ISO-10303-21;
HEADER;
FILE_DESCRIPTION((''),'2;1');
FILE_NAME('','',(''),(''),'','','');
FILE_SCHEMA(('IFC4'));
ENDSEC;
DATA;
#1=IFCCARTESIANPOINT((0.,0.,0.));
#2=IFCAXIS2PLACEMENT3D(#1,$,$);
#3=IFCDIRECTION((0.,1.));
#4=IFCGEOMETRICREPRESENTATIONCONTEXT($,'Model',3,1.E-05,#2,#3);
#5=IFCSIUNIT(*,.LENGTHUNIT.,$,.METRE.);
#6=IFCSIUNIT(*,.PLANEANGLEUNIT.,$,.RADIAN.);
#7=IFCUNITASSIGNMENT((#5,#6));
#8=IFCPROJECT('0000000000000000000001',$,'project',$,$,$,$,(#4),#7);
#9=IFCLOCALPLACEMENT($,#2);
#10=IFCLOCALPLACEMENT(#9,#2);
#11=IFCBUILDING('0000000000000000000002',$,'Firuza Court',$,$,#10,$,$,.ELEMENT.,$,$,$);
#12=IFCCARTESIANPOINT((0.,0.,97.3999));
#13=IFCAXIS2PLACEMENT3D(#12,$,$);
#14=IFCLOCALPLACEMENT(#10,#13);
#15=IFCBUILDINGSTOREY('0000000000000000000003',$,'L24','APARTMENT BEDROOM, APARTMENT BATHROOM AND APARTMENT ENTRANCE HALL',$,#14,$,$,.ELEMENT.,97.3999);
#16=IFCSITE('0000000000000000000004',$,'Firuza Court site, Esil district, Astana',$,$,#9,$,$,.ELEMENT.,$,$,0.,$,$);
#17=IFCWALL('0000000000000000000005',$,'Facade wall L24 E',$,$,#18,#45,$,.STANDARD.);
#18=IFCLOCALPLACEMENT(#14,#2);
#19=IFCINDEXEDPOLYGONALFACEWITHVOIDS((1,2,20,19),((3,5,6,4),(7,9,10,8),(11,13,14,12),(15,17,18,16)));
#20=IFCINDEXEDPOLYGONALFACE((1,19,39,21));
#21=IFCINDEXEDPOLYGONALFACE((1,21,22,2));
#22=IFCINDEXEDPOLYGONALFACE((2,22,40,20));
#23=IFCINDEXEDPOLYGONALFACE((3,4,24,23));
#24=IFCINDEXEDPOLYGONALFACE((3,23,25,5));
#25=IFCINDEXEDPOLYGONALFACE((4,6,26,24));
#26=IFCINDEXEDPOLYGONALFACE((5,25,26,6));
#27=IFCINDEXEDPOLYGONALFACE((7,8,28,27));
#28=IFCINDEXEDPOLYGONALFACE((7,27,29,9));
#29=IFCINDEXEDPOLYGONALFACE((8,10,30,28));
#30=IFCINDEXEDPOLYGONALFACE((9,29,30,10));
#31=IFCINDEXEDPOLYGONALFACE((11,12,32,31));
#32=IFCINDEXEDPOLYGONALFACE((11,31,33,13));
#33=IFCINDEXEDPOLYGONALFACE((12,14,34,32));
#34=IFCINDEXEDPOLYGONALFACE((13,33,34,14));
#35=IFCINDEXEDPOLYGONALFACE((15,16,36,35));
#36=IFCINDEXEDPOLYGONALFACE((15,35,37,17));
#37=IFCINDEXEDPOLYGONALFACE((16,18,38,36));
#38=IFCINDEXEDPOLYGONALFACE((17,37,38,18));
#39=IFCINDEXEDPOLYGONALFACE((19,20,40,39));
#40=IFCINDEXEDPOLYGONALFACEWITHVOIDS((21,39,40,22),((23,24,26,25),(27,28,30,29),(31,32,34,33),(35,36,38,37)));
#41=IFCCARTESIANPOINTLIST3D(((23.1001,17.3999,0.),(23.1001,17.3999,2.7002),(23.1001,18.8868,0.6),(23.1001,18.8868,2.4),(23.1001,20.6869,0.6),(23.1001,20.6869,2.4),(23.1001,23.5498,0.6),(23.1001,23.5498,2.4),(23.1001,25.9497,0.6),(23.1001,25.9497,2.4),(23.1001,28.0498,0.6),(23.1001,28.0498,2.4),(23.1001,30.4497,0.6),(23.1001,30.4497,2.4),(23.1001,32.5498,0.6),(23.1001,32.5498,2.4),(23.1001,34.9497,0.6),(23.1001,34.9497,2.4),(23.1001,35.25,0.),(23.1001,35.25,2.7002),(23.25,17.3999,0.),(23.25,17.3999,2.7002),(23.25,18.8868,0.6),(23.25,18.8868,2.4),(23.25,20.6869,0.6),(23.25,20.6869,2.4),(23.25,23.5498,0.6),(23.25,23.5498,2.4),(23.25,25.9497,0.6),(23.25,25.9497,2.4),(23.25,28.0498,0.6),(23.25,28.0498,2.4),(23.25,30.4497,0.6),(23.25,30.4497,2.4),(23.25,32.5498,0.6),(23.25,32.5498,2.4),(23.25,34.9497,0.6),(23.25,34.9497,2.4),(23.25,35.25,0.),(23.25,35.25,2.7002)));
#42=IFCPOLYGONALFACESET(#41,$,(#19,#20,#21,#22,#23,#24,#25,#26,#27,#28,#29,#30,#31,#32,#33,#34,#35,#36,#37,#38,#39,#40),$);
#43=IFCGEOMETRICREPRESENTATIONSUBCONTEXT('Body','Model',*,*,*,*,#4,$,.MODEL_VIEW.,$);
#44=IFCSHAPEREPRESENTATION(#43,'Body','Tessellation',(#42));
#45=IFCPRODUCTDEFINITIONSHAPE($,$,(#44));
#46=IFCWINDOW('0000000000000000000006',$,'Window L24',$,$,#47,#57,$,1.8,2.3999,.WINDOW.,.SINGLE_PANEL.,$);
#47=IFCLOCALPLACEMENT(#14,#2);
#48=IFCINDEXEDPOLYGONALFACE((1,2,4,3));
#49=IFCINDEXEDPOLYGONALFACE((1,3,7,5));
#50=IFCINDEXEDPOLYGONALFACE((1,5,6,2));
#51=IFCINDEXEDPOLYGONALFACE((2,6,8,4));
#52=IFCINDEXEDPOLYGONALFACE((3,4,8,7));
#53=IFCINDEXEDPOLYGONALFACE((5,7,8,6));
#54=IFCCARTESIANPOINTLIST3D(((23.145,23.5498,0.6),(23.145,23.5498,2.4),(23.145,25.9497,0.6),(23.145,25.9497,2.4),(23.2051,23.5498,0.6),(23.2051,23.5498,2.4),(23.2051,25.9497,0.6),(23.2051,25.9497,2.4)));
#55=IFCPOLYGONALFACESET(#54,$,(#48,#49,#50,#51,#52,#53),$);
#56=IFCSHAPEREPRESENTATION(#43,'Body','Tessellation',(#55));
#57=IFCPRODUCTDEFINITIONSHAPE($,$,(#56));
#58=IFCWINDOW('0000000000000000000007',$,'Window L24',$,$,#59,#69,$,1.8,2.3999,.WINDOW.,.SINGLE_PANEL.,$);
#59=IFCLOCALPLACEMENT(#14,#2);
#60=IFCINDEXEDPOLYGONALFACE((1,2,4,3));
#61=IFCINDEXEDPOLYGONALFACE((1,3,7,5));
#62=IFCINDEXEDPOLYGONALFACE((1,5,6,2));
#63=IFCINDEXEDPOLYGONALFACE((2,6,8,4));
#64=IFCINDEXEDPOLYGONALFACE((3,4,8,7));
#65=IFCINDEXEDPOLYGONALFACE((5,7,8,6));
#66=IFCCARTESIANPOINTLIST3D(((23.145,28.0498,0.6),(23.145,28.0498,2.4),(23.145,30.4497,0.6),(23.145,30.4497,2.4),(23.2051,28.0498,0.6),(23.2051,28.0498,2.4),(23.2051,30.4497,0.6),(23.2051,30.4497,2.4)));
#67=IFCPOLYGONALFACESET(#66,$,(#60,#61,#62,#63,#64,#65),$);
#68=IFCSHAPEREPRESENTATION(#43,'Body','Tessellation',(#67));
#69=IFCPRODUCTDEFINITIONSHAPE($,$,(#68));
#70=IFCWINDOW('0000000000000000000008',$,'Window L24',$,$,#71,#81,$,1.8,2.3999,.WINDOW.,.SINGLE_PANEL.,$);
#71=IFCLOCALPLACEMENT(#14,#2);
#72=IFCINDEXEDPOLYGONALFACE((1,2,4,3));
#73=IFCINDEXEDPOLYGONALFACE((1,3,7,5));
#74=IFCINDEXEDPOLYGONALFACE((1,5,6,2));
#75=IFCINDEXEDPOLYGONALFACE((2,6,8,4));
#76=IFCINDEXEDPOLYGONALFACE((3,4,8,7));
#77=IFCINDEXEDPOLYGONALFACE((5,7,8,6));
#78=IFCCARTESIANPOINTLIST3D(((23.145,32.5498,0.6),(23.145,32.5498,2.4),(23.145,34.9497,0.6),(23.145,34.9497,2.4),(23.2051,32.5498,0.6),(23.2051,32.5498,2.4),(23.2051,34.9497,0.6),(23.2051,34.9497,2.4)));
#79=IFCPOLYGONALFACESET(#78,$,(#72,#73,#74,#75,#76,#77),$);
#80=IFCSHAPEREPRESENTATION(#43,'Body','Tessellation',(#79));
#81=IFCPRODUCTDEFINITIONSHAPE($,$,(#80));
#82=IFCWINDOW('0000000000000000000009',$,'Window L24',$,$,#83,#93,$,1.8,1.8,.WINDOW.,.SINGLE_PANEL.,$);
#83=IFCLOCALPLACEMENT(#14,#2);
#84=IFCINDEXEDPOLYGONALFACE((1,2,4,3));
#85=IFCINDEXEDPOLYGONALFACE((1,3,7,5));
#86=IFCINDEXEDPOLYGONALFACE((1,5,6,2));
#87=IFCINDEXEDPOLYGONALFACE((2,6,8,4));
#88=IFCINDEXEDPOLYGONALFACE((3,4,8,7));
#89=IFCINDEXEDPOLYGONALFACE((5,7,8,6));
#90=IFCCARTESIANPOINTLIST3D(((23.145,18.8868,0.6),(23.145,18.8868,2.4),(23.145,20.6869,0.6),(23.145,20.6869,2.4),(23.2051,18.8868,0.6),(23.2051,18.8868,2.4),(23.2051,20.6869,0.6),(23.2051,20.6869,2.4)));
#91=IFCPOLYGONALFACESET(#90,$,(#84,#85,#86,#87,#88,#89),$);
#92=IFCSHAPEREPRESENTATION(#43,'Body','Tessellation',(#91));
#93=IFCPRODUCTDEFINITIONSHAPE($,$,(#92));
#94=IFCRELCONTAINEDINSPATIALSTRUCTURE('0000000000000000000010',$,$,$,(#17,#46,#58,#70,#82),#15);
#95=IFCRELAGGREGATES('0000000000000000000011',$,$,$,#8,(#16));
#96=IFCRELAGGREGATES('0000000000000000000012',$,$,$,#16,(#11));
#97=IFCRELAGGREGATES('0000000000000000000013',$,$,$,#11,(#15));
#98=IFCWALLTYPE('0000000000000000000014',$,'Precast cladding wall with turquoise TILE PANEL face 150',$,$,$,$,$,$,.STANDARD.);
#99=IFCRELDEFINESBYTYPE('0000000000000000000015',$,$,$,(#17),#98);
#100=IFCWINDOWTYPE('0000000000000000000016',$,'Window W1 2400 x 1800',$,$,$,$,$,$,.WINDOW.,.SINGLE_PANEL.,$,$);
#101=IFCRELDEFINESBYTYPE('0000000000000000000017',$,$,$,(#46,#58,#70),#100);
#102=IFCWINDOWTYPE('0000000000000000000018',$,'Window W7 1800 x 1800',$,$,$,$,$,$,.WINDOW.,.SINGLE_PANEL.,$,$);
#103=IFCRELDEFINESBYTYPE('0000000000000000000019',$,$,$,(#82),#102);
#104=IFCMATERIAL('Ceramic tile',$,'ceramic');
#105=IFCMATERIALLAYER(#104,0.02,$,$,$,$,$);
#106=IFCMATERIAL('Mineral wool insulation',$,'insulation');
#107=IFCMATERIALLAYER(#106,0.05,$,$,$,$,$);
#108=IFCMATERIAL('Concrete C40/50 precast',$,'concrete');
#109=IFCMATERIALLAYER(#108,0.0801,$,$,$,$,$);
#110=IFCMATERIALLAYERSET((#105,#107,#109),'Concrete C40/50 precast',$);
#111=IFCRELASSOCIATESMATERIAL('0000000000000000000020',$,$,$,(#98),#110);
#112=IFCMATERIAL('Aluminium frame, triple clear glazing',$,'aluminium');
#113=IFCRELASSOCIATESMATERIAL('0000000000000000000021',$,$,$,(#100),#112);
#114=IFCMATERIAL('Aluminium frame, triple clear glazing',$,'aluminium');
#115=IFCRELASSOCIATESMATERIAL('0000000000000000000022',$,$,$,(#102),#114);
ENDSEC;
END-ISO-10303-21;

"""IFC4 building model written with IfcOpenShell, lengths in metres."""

from ifc_helpers import new_model, si_unit, direction, frame, frame_2d, origin, place, context, subcontext, project, spatial, rectangle, extrude, material, layer, layer_set, type_object, element, fill, save


model = new_model("IFC4")

# Units and contexts
model_context = context("Model", 3, precision=1e-05, world=origin(), true_north=direction((0.0, 1.0)))
body_context = subcontext(model_context, "Body", "Model", "MODEL_VIEW")
ifc_project = project(units=[si_unit("LENGTHUNIT", "METRE"), si_unit("PLANEANGLEUNIT", "RADIAN")], contexts=[model_context])

# Site, building, storey
site_placement = place(None, origin())
site = spatial("IfcSite", under=ifc_project, at=site_placement, Name="Firuza Court site, Esil district, Astana", CompositionType="ELEMENT", RefElevation=0.0)
building_placement = place(site_placement, origin())
building = spatial("IfcBuilding", under=site, at=building_placement, Name="Firuza Court", CompositionType="ELEMENT")
storey_placement = place(building_placement, frame((0.0, 0.0, 97.3999)))
storey = spatial("IfcBuildingStorey", under=building, at=storey_placement, Name="L24", Description="APARTMENT BEDROOM, APARTMENT BATHROOM AND APARTMENT ENTRANCE HALL", CompositionType="ELEMENT", Elevation=97.3999)

# Wall, openings, windows
ifc_material_1 = material(Name="Ceramic tile", Category="ceramic")
ifc_layer_1 = layer(ifc_material_1, 0.02)
ifc_material_2 = material(Name="Mineral wool insulation", Category="insulation")
ifc_layer_2 = layer(ifc_material_2, 0.05)
ifc_material_3 = material(Name="Concrete C40/50 precast", Category="concrete")
ifc_layer_3 = layer(ifc_material_3, 0.0801)
ifc_layer_set = layer_set([ifc_layer_1, ifc_layer_2, ifc_layer_3], Name="Concrete C40/50 precast")
wall_type = type_object("IfcWallType", Name="Precast cladding wall with turquoise TILE PANEL face 150", PredefinedType="STANDARD", material=ifc_layer_set)
ifc_material_4 = material(Name="Aluminium frame, triple clear glazing", Category="aluminium")
window_type_1 = type_object("IfcWindowType", Name="Window W1 2400 x 1800", PartitioningType="SINGLE_PANEL", PredefinedType="WINDOW", material=ifc_material_4)
wall_1_placement = place(storey_placement, frame((23.175, 17.3999, 0.0), z_axis=(0.0, 0.0, 1.0), x_axis=(0.0, 1.0, 0.0)))
wall_1 = element("IfcWall", 1, at=wall_1_placement, inside=storey, type_object=wall_type, Name="Facade wall L24 E", PredefinedType="STANDARD", context=body_context, shape_type="SweptSolid", body=[
    extrude(rectangle(XDim=17.8501, YDim=0.1499, at=frame_2d((8.925, 0.0))), origin(), (0.0, 0.0, 1.0), 2.7002),
])
opening_1_placement = place(wall_1_placement, frame((1.4871, 0.0, 0.6001)))
opening_1 = element("IfcOpeningElement", 2, at=opening_1_placement, cuts=wall_1, PredefinedType="OPENING", context=body_context, shape_type="SweptSolid", body=[
    extrude(rectangle(XDim=1.8, YDim=1.8, at=frame_2d((0.8999, 0.8999))), frame((0.0, 0.0869, 0.0), z_axis=(0.0, -1.0, 0.0), x_axis=(1.0, 0.0, 0.0)), (0.0, 0.0, 1.0), 0.1738),
])
opening_2_placement = place(wall_1_placement, frame((6.1499, 0.0, 0.6001)))
opening_2 = element("IfcOpeningElement", 3, at=opening_2_placement, cuts=wall_1, PredefinedType="OPENING", context=body_context, shape_type="SweptSolid", body=[
    extrude(rectangle(XDim=2.3999, YDim=1.8, at=frame_2d((1.2, 0.8999))), frame((0.0, 0.0869, 0.0), z_axis=(0.0, -1.0, 0.0), x_axis=(1.0, 0.0, 0.0)), (0.0, 0.0, 1.0), 0.1738),
])
opening_3_placement = place(wall_1_placement, frame((10.6499, 0.0, 0.6001)))
opening_3 = element("IfcOpeningElement", 4, at=opening_3_placement, cuts=wall_1, PredefinedType="OPENING", context=body_context, shape_type="SweptSolid", body=[
    extrude(rectangle(XDim=2.3999, YDim=1.8, at=frame_2d((1.2, 0.8999))), frame((0.0, 0.0869, 0.0), z_axis=(0.0, -1.0, 0.0), x_axis=(1.0, 0.0, 0.0)), (0.0, 0.0, 1.0), 0.1738),
])
opening_4_placement = place(wall_1_placement, frame((15.1499, 0.0, 0.6001)))
opening_4 = element("IfcOpeningElement", 5, at=opening_4_placement, cuts=wall_1, PredefinedType="OPENING", context=body_context, shape_type="SweptSolid", body=[
    extrude(rectangle(XDim=2.3999, YDim=1.8, at=frame_2d((1.2, 0.8999))), frame((0.0, 0.0869, 0.0), z_axis=(0.0, -1.0, 0.0), x_axis=(1.0, 0.0, 0.0)), (0.0, 0.0, 1.0), 0.1738),
])
window_1_placement = place(opening_2_placement, origin())
window_1 = element("IfcWindow", 6, at=window_1_placement, inside=storey, type_object=window_type_1, Name="Window L24", OverallHeight=1.8, OverallWidth=2.3999, PartitioningType="SINGLE_PANEL", PredefinedType="WINDOW", context=body_context, shape_type="SweptSolid", body=[
    extrude(rectangle(XDim=2.3999, YDim=1.8, at=frame_2d((1.2, 0.8999))), frame((0.0, 0.03, 0.0), z_axis=(0.0, -1.0, 0.0), x_axis=(1.0, 0.0, 0.0)), (0.0, 0.0, 1.0), 0.0601),
])
fill(opening_2, window_1)
window_2_placement = place(opening_3_placement, origin())
window_2 = element("IfcWindow", 7, at=window_2_placement, inside=storey, type_object=window_type_1, Name="Window L24", OverallHeight=1.8, OverallWidth=2.3999, PartitioningType="SINGLE_PANEL", PredefinedType="WINDOW", context=body_context, shape_type="SweptSolid", body=[
    extrude(rectangle(XDim=2.3999, YDim=1.8, at=frame_2d((1.2, 0.8999))), frame((0.0, 0.03, 0.0), z_axis=(0.0, -1.0, 0.0), x_axis=(1.0, 0.0, 0.0)), (0.0, 0.0, 1.0), 0.0601),
])
fill(opening_3, window_2)
window_3_placement = place(opening_4_placement, origin())
window_3 = element("IfcWindow", 8, at=window_3_placement, inside=storey, type_object=window_type_1, Name="Window L24", OverallHeight=1.8, OverallWidth=2.3999, PartitioningType="SINGLE_PANEL", PredefinedType="WINDOW", context=body_context, shape_type="SweptSolid", body=[
    extrude(rectangle(XDim=2.3999, YDim=1.8, at=frame_2d((1.2, 0.8999))), frame((0.0, 0.03, 0.0), z_axis=(0.0, -1.0, 0.0), x_axis=(1.0, 0.0, 0.0)), (0.0, 0.0, 1.0), 0.0601),
])
fill(opening_4, window_3)
ifc_material_5 = material(Name="Aluminium frame, triple clear glazing", Category="aluminium")
window_type_2 = type_object("IfcWindowType", Name="Window W7 1800 x 1800", PartitioningType="SINGLE_PANEL", PredefinedType="WINDOW", material=ifc_material_5)
window_4_placement = place(opening_1_placement, origin())
window_4 = element("IfcWindow", 9, at=window_4_placement, inside=storey, type_object=window_type_2, Name="Window L24", OverallHeight=1.8, OverallWidth=1.8, PartitioningType="SINGLE_PANEL", PredefinedType="WINDOW", context=body_context, shape_type="SweptSolid", body=[
    extrude(rectangle(XDim=1.8, YDim=1.8, at=frame_2d((0.8999, 0.8999))), frame((0.0, 0.03, 0.0), z_axis=(0.0, -1.0, 0.0), x_axis=(1.0, 0.0, 0.0)), (0.0, 0.0, 1.0), 0.0601),
])
fill(opening_1, window_4)

save(model, "model.ifc")
